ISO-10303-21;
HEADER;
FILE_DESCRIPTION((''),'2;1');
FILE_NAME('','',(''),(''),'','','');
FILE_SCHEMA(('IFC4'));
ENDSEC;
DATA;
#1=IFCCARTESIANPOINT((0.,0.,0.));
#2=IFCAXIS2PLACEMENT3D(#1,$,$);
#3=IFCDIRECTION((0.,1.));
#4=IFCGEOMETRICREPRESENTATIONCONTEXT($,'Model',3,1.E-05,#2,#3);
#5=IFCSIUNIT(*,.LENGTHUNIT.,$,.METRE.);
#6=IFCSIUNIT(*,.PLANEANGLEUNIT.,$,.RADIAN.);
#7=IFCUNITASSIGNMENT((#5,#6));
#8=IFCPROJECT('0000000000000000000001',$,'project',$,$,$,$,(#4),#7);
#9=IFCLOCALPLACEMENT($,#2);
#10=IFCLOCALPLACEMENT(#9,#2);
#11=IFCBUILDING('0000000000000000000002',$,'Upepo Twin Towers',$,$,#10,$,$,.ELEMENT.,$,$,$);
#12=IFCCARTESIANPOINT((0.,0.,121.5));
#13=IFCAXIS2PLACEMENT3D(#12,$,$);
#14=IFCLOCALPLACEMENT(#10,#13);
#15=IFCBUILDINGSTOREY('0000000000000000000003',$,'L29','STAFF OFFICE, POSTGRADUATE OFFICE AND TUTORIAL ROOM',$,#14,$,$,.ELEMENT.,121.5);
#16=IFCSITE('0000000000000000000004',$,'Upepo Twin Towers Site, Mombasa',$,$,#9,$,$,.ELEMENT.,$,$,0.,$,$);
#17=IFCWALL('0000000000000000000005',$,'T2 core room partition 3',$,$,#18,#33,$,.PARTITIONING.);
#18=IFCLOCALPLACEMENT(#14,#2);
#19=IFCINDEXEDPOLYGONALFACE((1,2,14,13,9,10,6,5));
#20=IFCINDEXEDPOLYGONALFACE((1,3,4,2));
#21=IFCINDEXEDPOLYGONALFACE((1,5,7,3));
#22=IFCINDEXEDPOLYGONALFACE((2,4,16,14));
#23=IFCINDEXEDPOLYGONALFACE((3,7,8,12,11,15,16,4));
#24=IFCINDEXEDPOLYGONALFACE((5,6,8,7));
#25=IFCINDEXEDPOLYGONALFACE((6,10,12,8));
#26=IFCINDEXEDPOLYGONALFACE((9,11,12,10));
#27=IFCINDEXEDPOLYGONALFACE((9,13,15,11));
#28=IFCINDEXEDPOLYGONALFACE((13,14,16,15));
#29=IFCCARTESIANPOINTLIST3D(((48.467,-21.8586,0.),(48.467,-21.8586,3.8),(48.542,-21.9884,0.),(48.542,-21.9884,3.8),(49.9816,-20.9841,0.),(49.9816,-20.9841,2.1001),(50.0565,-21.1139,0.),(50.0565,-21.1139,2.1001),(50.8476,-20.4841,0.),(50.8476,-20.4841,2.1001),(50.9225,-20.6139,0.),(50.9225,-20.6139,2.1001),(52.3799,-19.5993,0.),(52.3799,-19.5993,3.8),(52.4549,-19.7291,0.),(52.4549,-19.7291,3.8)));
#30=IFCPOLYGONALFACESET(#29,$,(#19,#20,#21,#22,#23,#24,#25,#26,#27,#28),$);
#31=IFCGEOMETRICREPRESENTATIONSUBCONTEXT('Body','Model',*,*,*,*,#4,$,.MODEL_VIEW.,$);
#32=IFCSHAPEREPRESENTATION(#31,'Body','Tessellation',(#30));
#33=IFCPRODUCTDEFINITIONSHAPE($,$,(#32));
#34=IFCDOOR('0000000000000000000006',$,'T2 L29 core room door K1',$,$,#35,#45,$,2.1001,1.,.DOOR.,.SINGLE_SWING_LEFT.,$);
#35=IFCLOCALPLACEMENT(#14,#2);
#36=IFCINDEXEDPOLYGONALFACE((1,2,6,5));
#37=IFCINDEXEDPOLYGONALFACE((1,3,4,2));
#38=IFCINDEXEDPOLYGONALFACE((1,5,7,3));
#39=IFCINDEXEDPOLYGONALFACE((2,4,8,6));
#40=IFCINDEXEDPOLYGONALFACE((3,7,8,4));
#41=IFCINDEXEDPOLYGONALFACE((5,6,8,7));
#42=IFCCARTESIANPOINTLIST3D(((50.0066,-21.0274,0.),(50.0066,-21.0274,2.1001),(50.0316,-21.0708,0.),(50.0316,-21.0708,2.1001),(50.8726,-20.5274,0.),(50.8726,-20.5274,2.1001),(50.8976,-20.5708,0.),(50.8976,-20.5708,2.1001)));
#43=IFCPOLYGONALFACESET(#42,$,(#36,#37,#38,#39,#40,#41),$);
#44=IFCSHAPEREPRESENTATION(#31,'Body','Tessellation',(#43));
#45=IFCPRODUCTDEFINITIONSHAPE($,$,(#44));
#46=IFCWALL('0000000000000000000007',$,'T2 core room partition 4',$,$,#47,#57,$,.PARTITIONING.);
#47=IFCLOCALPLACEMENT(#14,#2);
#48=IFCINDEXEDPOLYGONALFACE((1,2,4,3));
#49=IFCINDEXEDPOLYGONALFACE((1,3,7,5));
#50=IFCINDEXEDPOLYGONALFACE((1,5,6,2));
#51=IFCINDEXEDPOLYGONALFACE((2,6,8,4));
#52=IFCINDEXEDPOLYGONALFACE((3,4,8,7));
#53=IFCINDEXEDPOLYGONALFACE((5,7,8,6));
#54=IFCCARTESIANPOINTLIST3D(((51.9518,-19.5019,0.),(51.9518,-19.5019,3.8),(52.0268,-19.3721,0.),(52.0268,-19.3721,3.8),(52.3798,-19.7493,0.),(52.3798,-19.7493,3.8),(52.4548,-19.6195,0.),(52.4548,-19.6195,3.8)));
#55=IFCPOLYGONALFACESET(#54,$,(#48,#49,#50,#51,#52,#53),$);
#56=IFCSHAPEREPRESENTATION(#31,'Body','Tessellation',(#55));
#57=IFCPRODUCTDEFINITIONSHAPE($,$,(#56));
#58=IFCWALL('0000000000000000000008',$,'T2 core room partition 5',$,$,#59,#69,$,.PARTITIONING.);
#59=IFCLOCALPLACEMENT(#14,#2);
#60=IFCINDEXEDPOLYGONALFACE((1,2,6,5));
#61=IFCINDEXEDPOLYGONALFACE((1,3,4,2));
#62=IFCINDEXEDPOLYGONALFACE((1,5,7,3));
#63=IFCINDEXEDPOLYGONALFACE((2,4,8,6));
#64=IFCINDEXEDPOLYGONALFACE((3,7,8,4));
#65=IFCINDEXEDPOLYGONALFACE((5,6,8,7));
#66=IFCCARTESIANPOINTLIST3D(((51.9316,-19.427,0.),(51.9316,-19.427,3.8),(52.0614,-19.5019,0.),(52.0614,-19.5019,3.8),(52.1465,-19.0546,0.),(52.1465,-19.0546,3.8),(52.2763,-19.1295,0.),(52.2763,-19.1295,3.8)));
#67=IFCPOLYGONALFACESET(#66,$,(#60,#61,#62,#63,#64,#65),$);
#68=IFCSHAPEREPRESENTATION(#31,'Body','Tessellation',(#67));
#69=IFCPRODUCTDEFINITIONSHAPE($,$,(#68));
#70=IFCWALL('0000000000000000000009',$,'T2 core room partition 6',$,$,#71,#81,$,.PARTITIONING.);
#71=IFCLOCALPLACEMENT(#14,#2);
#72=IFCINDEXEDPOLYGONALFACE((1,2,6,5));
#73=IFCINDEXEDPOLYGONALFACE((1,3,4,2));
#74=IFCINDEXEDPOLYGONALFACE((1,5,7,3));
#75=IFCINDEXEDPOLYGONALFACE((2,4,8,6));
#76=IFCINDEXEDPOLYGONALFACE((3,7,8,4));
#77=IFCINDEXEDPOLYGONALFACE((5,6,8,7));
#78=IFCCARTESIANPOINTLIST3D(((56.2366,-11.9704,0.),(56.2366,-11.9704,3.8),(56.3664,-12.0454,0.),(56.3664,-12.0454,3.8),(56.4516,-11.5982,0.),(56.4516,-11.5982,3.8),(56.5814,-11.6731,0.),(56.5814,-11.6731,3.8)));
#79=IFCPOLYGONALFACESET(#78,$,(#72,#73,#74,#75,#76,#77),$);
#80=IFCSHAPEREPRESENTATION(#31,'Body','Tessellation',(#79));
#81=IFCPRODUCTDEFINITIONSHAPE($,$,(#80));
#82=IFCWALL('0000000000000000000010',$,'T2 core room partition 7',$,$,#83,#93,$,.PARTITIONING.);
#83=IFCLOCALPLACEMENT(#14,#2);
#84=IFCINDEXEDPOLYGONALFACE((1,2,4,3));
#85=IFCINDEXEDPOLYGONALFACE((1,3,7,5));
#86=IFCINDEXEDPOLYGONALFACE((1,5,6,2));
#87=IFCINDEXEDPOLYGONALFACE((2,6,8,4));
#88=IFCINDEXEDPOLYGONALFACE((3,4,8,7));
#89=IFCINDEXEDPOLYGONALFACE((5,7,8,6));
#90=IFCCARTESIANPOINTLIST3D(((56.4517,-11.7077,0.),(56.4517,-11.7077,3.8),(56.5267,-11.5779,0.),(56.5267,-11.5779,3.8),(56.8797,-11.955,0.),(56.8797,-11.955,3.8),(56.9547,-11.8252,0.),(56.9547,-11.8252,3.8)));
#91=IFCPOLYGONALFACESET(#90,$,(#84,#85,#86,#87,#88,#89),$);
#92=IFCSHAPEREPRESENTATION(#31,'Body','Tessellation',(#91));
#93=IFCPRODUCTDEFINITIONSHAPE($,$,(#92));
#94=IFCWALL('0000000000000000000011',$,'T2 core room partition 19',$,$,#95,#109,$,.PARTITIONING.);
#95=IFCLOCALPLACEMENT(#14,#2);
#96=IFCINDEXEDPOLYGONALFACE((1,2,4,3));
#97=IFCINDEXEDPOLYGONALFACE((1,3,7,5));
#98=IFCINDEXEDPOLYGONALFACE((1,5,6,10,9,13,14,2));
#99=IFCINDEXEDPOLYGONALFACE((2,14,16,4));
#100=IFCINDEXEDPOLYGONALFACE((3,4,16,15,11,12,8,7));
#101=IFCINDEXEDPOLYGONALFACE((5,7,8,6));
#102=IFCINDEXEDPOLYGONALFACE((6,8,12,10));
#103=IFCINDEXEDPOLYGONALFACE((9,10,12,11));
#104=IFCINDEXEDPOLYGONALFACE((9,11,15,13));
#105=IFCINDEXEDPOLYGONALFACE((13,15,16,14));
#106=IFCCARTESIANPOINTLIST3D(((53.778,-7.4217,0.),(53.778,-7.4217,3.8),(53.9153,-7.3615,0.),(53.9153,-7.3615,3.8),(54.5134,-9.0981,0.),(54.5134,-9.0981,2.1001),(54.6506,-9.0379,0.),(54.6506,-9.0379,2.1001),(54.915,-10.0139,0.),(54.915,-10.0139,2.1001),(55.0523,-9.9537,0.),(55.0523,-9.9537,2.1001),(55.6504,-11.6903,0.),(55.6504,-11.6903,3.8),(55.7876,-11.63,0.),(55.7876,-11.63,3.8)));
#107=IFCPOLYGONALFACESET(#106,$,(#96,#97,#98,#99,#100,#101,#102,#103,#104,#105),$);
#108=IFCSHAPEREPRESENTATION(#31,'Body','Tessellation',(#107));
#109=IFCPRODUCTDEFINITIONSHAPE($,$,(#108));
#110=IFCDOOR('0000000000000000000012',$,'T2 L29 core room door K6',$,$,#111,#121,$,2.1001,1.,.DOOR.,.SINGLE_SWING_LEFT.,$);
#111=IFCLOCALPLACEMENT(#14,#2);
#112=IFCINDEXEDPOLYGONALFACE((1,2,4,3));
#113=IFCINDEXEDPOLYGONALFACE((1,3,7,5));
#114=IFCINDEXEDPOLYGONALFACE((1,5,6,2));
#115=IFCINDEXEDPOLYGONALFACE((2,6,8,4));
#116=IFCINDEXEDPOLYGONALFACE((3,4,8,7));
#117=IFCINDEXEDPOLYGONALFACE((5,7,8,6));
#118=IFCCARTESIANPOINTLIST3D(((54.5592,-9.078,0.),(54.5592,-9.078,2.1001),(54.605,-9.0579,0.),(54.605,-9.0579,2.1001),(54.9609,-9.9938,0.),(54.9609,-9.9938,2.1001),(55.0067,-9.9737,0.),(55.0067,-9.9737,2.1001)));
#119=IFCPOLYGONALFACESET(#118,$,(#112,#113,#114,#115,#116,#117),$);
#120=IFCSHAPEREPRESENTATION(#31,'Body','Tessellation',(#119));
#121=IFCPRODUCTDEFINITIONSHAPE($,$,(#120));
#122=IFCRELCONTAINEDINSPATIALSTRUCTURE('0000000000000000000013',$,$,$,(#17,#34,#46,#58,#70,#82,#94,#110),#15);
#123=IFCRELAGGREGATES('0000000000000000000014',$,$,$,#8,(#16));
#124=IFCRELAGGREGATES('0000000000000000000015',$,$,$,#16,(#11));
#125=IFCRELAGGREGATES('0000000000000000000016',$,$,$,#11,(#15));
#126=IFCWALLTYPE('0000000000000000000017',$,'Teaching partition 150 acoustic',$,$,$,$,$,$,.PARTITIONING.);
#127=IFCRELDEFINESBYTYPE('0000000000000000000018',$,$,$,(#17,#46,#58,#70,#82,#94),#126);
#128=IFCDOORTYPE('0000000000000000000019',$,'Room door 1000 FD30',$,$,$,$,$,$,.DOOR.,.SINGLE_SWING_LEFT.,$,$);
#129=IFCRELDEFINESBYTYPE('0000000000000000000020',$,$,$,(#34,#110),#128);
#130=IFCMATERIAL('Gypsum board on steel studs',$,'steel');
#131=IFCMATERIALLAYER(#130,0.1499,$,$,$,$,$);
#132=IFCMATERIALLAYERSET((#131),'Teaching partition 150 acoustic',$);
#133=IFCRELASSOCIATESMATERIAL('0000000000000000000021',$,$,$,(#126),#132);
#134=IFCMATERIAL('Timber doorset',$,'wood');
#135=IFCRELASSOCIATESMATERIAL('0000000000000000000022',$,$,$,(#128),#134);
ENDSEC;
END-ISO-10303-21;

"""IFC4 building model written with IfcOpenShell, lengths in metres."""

from ifc_helpers import new_model, si_unit, direction, frame, frame_2d, origin, place, context, subcontext, project, spatial, rectangle, extrude, material, layer, layer_set, type_object, element, fill, save


model = new_model("IFC4")

# Units and contexts
model_context = context("Model", 3, precision=1e-05, world=origin(), true_north=direction((0.0, 1.0)))
body_context = subcontext(model_context, "Body", "Model", "MODEL_VIEW")
ifc_project = project(units=[si_unit("LENGTHUNIT", "METRE"), si_unit("PLANEANGLEUNIT", "RADIAN")], contexts=[model_context])

# Site, building, storey
site_placement = place(None, origin())
site = spatial("IfcSite", under=ifc_project, at=site_placement, Name="Upepo Twin Towers Site, Mombasa", CompositionType="ELEMENT", RefElevation=0.0)
building_placement = place(site_placement, origin())
building = spatial("IfcBuilding", under=site, at=building_placement, Name="Upepo Twin Towers", CompositionType="ELEMENT")
storey_placement = place(building_placement, frame((0.0, 0.0, 121.5)))
storey = spatial("IfcBuildingStorey", under=building, at=storey_placement, Name="L29", Description="STAFF OFFICE, POSTGRADUATE OFFICE AND TUTORIAL ROOM", CompositionType="ELEMENT", Elevation=121.5)

# Wall, opening, door
ifc_material_1 = material(Name="Gypsum board on steel studs", Category="steel")
ifc_layer_1 = layer(ifc_material_1, 0.1499)
ifc_layer_set_1 = layer_set([ifc_layer_1], Name="Teaching partition 150 acoustic")
wall_type_1 = type_object("IfcWallType", Name="Teaching partition 150 acoustic", PredefinedType="PARTITIONING", material=ifc_layer_set_1)
wall_1_placement = place(storey_placement, frame((48.5044, -21.9236, 0.0), z_axis=(0.0, 0.0, 1.0), x_axis=(0.866007, 0.500033, 0.0)))
wall_1 = element("IfcWall", 1, at=wall_1_placement, inside=storey, type_object=wall_type_1, Name="T2 core room partition 3", PredefinedType="PARTITIONING", context=body_context, shape_type="SweptSolid", body=[
    extrude(rectangle(XDim=4.5183, YDim=0.1499, at=frame_2d((2.2593, 0.0))), origin(), (0.0, 0.0, 1.0), 3.8),
])
opening_1_placement = place(wall_1_placement, frame((1.749, 0.0, 0.0)))
opening_1 = element("IfcOpeningElement", 2, at=opening_1_placement, cuts=wall_1, PredefinedType="OPENING", context=body_context, shape_type="SweptSolid", body=[
    extrude(rectangle(XDim=1.0, YDim=2.1001, at=frame_2d((0.5, 1.05))), frame((0.0, 0.085, 0.0), z_axis=(0.0, -1.0, 0.0), x_axis=(1.0, 0.0, 0.0)), (0.0, 0.0, 1.0), 0.1699),
])
ifc_material_2 = material(Name="Timber doorset", Category="wood")
door_type_1 = type_object("IfcDoorType", Name="Room door 1000 FD30", OperationType="SINGLE_SWING_LEFT", PredefinedType="DOOR", material=ifc_material_2)
door_1_placement = place(opening_1_placement, origin())
door_1 = element("IfcDoor", 3, at=door_1_placement, inside=storey, type_object=door_type_1, Name="T2 L29 core room door K1", OperationType="SINGLE_SWING_LEFT", OverallHeight=2.1001, OverallWidth=1.0, PredefinedType="DOOR", context=body_context, shape_type="SweptSolid", body=[
    extrude(rectangle(XDim=1.0, YDim=2.1001, at=frame_2d((0.5, 1.05))), frame((0.0, 0.0249, 0.0), z_axis=(0.0, -1.0, 0.0), x_axis=(1.0, 0.0, 0.0)), (0.0, 0.0, 1.0), 0.05),
])
fill(opening_1, door_1)

# Walls
wall_2_placement = place(storey_placement, frame((52.4172, -19.6843, 0.0), z_axis=(0.0, 0.0, 1.0), x_axis=(-0.865832, 0.500335, 0.0)))
element("IfcWall", 4, at=wall_2_placement, inside=storey, type_object=wall_type_1, Name="T2 core room partition 4", PredefinedType="PARTITIONING", context=body_context, shape_type="SweptSolid", body=[
    extrude(rectangle(XDim=0.4944, YDim=0.1499, at=frame_2d((0.2471, 0.0))), origin(), (0.0, 0.0, 1.0), 3.8),
])
for number, where, z_axis, x_axis, name in (
    (5, (51.9966, -19.4644, 0.0), (0.0, 0.0, 1.0), (0.499804, 0.866138, 0.0), "T2 core room partition 5"),
    (6, (56.3015, -12.0078, 0.0), (0.0, 0.0, 1.0), (0.50023, 0.865892, 0.0), "T2 core room partition 6"),
):
    element("IfcWall", number, at=place(storey_placement, frame(where, z_axis=z_axis, x_axis=x_axis)), inside=storey, type_object=wall_type_1, Name=name, PredefinedType="PARTITIONING", context=body_context, shape_type="SweptSolid", body=[
        extrude(rectangle(XDim=0.4299, YDim=0.1499, at=frame_2d((0.2148, 0.0))), origin(), (0.0, 0.0, 1.0), 3.8),
    ])
wall_3_placement = place(storey_placement, frame((56.4893, -11.6428, 0.0), z_axis=(0.0, 0.0, 1.0), x_axis=(0.865832, -0.500335, 0.0)))
element("IfcWall", 7, at=wall_3_placement, inside=storey, type_object=wall_type_1, Name="T2 core room partition 7", PredefinedType="PARTITIONING", context=body_context, shape_type="SweptSolid", body=[
    extrude(rectangle(XDim=0.4944, YDim=0.1499, at=frame_2d((0.2471, 0.0))), origin(), (0.0, 0.0, 1.0), 3.8),
])

# Wall, opening, door
wall_4_placement = place(storey_placement, frame((55.719, -11.6602, 0.0), z_axis=(0.0, 0.0, 1.0), x_axis=(-0.401687, 0.915777, 0.0)))
wall_4 = element("IfcWall", 8, at=wall_4_placement, inside=storey, type_object=wall_type_1, Name="T2 core room partition 19", PredefinedType="PARTITIONING", context=body_context, shape_type="SweptSolid", body=[
    extrude(rectangle(XDim=4.6611, YDim=0.1499, at=frame_2d((2.3306, 0.0))), origin(), (0.0, 0.0, 1.0), 3.8),
])
opening_2_placement = place(wall_4_placement, frame((1.8306, 0.0, 0.0)))
opening_2 = element("IfcOpeningElement", 9, at=opening_2_placement, cuts=wall_4, PredefinedType="OPENING", context=body_context, shape_type="SweptSolid", body=[
    extrude(rectangle(XDim=1.0, YDim=2.1001, at=frame_2d((0.5, 1.05))), frame((0.0, 0.085, 0.0), z_axis=(0.0, -1.0, 0.0), x_axis=(1.0, 0.0, 0.0)), (0.0, 0.0, 1.0), 0.1699),
])
door_2_placement = place(opening_2_placement, origin())
door_2 = element("IfcDoor", 10, at=door_2_placement, inside=storey, type_object=door_type_1, Name="T2 L29 core room door K6", OperationType="SINGLE_SWING_LEFT", OverallHeight=2.1001, OverallWidth=1.0, PredefinedType="DOOR", context=body_context, shape_type="SweptSolid", body=[
    extrude(rectangle(XDim=1.0, YDim=2.1001, at=frame_2d((0.5, 1.05))), frame((0.0, 0.0249, 0.0), z_axis=(0.0, -1.0, 0.0), x_axis=(1.0, 0.0, 0.0)), (0.0, 0.0, 1.0), 0.05),
])
fill(opening_2, door_2)

save(model, "model.ifc")
